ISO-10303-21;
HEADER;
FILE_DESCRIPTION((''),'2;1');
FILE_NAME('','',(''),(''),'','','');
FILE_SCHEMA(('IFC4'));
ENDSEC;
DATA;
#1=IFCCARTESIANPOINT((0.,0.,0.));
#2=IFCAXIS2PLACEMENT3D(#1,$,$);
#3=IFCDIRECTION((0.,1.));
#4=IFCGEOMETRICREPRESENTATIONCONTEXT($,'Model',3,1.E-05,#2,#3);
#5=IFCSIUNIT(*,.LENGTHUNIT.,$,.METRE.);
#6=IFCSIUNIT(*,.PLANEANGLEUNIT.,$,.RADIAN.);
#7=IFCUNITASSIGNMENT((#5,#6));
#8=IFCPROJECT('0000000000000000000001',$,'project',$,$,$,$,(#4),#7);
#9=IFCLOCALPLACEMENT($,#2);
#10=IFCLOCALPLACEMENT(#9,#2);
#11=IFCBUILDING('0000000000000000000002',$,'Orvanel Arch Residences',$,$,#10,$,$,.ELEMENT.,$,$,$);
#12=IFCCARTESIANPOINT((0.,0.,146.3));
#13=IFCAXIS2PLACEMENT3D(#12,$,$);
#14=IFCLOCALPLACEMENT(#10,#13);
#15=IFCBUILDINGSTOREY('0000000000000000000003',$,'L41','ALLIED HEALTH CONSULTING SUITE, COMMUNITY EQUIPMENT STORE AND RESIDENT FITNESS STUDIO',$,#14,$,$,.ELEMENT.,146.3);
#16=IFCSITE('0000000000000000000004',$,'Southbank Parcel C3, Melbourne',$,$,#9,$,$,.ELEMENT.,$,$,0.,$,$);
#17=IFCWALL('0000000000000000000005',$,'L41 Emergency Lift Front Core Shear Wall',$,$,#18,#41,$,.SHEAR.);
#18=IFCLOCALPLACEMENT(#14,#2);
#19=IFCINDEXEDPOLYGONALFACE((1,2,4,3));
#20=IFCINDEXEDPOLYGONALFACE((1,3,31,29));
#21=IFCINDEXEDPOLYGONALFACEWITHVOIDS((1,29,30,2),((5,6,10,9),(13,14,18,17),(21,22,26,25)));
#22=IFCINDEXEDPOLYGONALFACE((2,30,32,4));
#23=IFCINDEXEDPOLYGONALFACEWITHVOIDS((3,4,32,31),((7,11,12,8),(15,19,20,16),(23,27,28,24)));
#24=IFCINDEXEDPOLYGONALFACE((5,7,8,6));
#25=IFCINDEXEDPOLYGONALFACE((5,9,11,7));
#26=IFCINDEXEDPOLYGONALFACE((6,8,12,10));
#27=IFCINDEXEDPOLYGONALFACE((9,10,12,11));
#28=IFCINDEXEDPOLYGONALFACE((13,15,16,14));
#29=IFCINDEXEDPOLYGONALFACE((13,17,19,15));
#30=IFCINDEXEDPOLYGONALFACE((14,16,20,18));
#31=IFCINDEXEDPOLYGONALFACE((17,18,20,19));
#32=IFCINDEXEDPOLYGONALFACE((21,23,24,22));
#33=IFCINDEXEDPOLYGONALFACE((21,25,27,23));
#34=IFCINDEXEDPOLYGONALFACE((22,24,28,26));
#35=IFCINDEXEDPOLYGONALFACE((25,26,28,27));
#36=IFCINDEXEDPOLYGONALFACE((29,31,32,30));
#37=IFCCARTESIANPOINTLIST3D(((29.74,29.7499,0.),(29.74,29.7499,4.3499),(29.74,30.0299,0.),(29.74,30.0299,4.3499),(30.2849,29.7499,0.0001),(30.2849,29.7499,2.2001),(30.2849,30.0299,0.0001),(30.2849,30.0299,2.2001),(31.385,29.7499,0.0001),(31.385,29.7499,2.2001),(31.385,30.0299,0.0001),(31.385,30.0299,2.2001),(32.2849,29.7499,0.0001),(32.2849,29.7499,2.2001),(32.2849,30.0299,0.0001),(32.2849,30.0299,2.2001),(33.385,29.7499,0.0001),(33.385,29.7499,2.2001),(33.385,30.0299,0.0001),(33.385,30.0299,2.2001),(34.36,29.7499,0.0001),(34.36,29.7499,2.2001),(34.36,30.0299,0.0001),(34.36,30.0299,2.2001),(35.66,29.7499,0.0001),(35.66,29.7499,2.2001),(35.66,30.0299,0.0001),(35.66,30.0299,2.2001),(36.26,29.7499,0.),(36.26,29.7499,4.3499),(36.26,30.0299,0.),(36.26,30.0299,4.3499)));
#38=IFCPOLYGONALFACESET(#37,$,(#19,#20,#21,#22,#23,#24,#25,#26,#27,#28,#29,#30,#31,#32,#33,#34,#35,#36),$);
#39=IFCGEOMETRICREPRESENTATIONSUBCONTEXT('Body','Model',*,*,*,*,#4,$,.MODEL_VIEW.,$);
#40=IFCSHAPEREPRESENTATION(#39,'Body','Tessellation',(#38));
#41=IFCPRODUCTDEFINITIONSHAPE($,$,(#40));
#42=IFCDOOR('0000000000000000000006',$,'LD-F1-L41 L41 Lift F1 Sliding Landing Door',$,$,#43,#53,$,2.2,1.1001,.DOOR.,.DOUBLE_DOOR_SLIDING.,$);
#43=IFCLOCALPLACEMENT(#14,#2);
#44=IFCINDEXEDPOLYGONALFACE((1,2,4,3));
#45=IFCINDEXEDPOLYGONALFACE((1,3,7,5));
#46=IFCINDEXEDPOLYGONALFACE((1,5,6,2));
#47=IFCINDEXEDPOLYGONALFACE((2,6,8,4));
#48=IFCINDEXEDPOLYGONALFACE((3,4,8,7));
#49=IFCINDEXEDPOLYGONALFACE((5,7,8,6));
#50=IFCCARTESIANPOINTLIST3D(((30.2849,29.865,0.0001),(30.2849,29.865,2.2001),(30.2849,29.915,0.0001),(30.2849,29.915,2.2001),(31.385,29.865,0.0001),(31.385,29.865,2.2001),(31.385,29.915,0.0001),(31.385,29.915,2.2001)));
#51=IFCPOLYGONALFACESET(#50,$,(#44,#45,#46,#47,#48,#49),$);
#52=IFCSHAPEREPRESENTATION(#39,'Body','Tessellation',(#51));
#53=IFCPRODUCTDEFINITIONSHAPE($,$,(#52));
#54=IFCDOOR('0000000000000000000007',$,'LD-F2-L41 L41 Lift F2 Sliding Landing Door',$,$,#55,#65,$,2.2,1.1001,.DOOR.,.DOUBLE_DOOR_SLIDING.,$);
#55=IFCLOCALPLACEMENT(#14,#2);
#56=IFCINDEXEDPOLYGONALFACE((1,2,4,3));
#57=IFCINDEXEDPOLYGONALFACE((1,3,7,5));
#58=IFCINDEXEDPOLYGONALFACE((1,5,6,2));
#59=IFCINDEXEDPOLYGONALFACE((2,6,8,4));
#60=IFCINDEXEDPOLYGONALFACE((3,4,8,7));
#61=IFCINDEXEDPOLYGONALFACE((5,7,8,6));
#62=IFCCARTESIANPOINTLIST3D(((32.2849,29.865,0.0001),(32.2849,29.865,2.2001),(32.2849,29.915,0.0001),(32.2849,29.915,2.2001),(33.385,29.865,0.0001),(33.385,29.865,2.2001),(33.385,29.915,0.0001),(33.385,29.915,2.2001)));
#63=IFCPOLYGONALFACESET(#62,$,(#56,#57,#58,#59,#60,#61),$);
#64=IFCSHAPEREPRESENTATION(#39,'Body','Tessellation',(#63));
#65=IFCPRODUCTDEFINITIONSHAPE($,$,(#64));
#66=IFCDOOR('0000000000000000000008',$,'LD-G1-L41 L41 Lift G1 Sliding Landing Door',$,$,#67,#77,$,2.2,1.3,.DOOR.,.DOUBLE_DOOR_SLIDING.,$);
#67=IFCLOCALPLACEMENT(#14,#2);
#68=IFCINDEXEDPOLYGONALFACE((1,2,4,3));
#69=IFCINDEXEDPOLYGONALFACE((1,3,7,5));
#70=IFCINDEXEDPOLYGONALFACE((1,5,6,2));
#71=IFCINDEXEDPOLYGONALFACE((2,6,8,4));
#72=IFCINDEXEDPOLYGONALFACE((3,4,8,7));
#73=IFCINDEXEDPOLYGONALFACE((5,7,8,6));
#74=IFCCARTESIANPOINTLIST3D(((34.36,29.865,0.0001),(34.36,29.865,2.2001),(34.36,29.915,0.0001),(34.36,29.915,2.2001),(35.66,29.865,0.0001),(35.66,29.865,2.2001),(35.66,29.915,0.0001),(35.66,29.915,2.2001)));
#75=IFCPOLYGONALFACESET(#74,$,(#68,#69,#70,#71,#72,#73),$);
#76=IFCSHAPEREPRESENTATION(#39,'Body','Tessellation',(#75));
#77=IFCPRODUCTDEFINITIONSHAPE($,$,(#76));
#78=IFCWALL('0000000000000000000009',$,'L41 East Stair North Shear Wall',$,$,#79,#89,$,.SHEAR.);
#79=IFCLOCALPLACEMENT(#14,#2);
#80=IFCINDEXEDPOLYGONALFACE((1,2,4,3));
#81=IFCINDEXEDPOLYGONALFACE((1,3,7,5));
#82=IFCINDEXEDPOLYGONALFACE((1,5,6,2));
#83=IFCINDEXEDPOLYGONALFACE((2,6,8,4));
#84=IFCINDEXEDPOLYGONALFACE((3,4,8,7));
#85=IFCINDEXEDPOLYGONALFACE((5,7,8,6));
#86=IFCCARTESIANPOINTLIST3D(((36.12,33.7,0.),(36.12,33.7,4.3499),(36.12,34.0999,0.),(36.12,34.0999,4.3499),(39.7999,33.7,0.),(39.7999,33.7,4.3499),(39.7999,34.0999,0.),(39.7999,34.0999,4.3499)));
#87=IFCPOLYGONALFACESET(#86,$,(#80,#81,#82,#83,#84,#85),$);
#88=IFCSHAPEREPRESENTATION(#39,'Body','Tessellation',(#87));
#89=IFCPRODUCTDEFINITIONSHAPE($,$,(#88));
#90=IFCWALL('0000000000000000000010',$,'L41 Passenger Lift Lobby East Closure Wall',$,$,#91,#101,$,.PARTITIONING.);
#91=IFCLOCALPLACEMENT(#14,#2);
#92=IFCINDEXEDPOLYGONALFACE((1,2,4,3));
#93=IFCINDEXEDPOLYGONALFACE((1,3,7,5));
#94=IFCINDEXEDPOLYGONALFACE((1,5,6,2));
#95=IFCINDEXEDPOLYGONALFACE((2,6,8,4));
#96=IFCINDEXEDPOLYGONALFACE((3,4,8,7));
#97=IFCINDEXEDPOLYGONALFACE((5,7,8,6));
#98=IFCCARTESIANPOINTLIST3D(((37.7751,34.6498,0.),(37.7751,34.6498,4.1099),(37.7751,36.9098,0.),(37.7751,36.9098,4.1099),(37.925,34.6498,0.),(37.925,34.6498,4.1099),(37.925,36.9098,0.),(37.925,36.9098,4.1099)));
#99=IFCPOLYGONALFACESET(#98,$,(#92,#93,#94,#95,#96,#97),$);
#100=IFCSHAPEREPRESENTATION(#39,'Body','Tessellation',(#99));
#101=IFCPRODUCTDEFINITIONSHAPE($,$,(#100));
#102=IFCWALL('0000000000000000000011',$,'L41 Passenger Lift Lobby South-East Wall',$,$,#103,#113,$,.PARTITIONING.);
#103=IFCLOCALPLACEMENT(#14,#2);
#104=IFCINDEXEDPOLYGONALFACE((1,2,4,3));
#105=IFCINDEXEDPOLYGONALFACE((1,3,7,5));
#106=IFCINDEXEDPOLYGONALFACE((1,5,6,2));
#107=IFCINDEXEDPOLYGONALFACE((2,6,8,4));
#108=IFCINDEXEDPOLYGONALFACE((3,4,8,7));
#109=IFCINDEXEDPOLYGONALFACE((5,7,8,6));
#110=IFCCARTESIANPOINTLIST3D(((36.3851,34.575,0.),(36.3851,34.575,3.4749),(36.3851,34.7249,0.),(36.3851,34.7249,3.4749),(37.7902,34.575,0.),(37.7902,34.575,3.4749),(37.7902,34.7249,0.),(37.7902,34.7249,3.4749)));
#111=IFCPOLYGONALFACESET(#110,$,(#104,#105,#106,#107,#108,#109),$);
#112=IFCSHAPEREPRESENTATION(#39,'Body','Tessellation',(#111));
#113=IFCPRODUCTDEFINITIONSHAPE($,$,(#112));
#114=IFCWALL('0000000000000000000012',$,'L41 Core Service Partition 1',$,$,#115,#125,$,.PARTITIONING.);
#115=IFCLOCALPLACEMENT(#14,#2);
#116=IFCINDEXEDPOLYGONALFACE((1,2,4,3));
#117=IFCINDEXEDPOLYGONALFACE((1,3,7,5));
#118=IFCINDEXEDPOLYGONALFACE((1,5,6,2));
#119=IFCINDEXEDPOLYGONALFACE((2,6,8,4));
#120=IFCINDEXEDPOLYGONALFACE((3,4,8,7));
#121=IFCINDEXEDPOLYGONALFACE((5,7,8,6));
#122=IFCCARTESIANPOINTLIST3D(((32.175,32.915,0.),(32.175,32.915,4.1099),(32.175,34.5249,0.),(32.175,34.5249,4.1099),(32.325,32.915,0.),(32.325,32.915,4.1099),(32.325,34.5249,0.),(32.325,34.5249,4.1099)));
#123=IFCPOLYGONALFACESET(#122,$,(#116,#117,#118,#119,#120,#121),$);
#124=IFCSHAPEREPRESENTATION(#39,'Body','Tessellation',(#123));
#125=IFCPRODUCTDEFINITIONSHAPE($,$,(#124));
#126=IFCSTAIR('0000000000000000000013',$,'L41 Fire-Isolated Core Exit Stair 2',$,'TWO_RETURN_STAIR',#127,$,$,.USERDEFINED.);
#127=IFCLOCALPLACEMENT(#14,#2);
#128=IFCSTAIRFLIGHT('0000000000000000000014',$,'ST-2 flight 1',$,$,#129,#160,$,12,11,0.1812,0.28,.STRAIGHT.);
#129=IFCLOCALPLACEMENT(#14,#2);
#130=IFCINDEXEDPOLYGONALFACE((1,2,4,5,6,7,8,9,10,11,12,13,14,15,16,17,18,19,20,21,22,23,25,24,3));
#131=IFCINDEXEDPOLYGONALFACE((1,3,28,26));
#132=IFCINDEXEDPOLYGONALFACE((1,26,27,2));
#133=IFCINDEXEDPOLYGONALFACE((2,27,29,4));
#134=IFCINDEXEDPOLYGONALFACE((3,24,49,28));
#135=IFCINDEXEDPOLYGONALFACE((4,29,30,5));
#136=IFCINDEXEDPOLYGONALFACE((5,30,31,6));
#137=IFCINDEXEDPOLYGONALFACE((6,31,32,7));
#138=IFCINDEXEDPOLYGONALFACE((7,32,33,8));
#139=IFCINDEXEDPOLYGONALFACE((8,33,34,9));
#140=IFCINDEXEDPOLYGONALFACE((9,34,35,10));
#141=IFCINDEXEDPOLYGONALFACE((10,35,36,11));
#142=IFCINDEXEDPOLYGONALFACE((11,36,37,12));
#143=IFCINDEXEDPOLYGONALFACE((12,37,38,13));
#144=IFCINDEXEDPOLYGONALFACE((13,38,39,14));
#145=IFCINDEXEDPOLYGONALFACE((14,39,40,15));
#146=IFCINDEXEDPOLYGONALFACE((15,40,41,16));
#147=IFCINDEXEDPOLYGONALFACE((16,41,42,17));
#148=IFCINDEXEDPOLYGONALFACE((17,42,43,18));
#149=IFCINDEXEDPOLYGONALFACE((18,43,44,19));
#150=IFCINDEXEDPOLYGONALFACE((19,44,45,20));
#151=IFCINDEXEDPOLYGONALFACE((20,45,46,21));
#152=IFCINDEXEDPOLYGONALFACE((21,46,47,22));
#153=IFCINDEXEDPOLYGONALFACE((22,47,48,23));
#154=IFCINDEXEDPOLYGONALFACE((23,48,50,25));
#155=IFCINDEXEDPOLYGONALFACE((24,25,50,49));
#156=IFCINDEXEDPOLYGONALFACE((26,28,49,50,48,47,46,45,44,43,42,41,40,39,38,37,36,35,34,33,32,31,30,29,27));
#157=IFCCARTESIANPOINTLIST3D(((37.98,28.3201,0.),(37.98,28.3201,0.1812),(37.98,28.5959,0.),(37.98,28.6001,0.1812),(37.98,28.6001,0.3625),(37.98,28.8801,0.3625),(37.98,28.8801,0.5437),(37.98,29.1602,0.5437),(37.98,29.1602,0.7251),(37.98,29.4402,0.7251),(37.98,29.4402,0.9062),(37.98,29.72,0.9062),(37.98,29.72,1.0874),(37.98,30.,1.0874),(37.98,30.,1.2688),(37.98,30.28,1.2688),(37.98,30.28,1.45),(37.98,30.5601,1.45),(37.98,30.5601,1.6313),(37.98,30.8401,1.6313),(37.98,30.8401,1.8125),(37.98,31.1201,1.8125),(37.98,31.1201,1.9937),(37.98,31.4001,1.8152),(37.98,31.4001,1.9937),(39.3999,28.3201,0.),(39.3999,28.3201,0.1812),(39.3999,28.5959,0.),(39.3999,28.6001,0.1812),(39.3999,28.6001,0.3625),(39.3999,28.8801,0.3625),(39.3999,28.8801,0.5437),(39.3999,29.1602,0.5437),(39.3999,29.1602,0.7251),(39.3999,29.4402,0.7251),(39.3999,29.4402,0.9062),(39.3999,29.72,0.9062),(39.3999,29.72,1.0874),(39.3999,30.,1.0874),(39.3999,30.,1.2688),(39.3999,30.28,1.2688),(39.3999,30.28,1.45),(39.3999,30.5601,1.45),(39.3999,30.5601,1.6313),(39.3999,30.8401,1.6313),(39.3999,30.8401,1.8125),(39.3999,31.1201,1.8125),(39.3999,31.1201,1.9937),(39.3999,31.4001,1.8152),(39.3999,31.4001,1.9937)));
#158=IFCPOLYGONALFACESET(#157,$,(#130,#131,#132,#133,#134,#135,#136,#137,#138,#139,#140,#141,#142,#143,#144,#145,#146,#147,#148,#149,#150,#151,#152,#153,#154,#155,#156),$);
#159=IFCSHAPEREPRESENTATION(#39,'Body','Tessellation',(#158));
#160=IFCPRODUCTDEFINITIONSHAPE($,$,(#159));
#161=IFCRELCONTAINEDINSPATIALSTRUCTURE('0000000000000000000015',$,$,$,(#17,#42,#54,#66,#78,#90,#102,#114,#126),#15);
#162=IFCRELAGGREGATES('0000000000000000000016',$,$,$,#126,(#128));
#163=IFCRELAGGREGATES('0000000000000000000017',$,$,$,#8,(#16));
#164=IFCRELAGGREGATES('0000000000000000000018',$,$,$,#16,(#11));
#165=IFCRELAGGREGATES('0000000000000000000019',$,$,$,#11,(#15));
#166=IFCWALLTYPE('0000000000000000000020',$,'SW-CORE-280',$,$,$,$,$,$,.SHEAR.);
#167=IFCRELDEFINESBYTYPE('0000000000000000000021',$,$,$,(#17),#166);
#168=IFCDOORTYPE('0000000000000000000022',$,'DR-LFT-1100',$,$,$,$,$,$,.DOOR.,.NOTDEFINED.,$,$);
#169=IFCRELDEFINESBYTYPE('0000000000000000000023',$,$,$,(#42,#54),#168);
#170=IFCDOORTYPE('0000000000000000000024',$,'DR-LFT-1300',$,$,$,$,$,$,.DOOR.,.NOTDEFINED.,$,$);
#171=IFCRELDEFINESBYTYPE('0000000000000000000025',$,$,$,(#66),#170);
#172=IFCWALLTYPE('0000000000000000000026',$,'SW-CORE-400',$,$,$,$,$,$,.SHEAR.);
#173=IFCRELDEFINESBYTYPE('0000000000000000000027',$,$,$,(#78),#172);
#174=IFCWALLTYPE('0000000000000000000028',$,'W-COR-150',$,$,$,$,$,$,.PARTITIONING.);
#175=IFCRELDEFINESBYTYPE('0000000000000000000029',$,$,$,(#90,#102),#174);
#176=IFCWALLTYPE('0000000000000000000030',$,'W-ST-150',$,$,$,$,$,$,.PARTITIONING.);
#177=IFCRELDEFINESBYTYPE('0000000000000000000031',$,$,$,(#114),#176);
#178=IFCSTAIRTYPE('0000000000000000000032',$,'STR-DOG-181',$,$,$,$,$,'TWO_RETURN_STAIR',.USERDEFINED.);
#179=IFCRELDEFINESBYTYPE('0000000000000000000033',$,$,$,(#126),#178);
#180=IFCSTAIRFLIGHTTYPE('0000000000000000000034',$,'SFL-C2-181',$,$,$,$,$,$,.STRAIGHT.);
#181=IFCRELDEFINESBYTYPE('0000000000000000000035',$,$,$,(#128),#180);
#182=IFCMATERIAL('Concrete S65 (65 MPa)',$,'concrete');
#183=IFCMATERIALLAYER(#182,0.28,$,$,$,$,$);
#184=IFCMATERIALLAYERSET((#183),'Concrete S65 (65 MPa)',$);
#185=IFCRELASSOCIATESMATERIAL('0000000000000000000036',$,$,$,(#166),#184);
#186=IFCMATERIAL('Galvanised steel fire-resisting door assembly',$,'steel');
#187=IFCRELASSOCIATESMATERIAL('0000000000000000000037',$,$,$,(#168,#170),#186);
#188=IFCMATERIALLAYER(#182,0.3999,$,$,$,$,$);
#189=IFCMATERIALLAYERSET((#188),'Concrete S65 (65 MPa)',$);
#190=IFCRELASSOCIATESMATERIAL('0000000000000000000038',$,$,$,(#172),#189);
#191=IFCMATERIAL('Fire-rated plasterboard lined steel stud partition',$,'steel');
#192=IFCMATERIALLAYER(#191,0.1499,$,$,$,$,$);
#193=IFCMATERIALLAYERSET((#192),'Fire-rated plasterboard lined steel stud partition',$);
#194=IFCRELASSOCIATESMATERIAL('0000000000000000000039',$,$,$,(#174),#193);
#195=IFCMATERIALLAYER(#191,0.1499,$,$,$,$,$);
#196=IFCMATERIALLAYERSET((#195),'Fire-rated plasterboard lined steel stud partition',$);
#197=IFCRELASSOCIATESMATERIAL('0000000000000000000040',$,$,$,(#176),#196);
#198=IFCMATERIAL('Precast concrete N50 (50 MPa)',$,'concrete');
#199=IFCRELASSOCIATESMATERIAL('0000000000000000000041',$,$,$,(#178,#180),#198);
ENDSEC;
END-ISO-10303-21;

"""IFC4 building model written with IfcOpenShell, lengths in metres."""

from ifc_helpers import new_model, si_unit, direction, frame, frame_2d, origin, place, context, subcontext, project, spatial, polyline, rectangle, outline, extrude, material, layer, layer_set, type_object, element, fill, aggregate, save


model = new_model("IFC4")

# Units and contexts
model_context = context("Model", 3, precision=1e-05, world=origin(), true_north=direction((0.0, 1.0)))
body_context = subcontext(model_context, "Body", "Model", "MODEL_VIEW")
ifc_project = project(units=[si_unit("LENGTHUNIT", "METRE"), si_unit("PLANEANGLEUNIT", "RADIAN")], contexts=[model_context])

# Site, building, storey
site_placement = place(None, origin())
site = spatial("IfcSite", under=ifc_project, at=site_placement, Name="Southbank Parcel C3, Melbourne", CompositionType="ELEMENT", RefElevation=0.0)
building_placement = place(site_placement, origin())
building = spatial("IfcBuilding", under=site, at=building_placement, Name="Orvanel Arch Residences", CompositionType="ELEMENT")
storey_placement = place(building_placement, frame((0.0, 0.0, 146.3)))
storey = spatial("IfcBuildingStorey", under=building, at=storey_placement, Name="L41", Description="ALLIED HEALTH CONSULTING SUITE, COMMUNITY EQUIPMENT STORE AND RESIDENT FITNESS STUDIO", CompositionType="ELEMENT", Elevation=146.3)

# Shared definitions
ifc_material_1 = material(Name="Concrete S65 (65 MPa)", Category="concrete")

# Wall, openings, doors
ifc_layer_1 = layer(ifc_material_1, 0.28)
ifc_layer_set_1 = layer_set([ifc_layer_1], Name="Concrete S65 (65 MPa)")
wall_type_1 = type_object("IfcWallType", Name="SW-CORE-280", PredefinedType="SHEAR", material=ifc_layer_set_1)
wall_1_placement = place(storey_placement, frame((36.26, 29.8899, 0.0), z_axis=(0.0, 0.0, 1.0), x_axis=(-1.0, 0.0, 0.0)))
wall_1 = element("IfcWall", 1, at=wall_1_placement, inside=storey, type_object=wall_type_1, Name="L41 Emergency Lift Front Core Shear Wall", PredefinedType="SHEAR", context=body_context, shape_type="SweptSolid", body=[
    extrude(rectangle(XDim=6.52, YDim=0.28, at=frame_2d((3.26, 0.0))), origin(), (0.0, 0.0, 1.0), 4.3499),
])
opening_1_placement = place(wall_1_placement, frame((4.875, 0.0, 0.0)))
opening_1 = element("IfcOpeningElement", 2, at=opening_1_placement, cuts=wall_1, PredefinedType="OPENING", context=body_context, shape_type="SweptSolid", body=[
    extrude(rectangle(XDim=1.1001, YDim=2.2, at=frame_2d((0.55, 1.1001))), frame((0.0, 0.1499, 0.0), z_axis=(0.0, -1.0, 0.0), x_axis=(1.0, 0.0, 0.0)), (0.0, 0.0, 1.0), 0.3),
])
opening_2_placement = place(wall_1_placement, frame((2.875, 0.0, 0.0)))
opening_2 = element("IfcOpeningElement", 3, at=opening_2_placement, cuts=wall_1, PredefinedType="OPENING", context=body_context, shape_type="SweptSolid", body=[
    extrude(rectangle(XDim=1.1001, YDim=2.2, at=frame_2d((0.55, 1.1001))), frame((0.0, 0.1499, 0.0), z_axis=(0.0, -1.0, 0.0), x_axis=(1.0, 0.0, 0.0)), (0.0, 0.0, 1.0), 0.3),
])
opening_3_placement = place(wall_1_placement, frame((0.6001, 0.0, 0.0)))
opening_3 = element("IfcOpeningElement", 4, at=opening_3_placement, cuts=wall_1, PredefinedType="OPENING", context=body_context, shape_type="SweptSolid", body=[
    extrude(rectangle(XDim=1.3, YDim=2.2, at=frame_2d((0.6499, 1.1001))), frame((0.0, 0.1499, 0.0), z_axis=(0.0, -1.0, 0.0), x_axis=(1.0, 0.0, 0.0)), (0.0, 0.0, 1.0), 0.3),
])
ifc_material_2 = material(Name="Galvanised steel fire-resisting door assembly", Category="steel")
door_type_1 = type_object("IfcDoorType", Name="DR-LFT-1100", OperationType="NOTDEFINED", PredefinedType="DOOR", material=ifc_material_2)
door_1_placement = place(opening_1_placement, origin())
door_1 = element("IfcDoor", 5, at=door_1_placement, inside=storey, type_object=door_type_1, Name="LD-F1-L41 L41 Lift F1 Sliding Landing Door", OperationType="DOUBLE_DOOR_SLIDING", OverallHeight=2.2, OverallWidth=1.1001, PredefinedType="DOOR", context=body_context, shape_type="SweptSolid", body=[
    extrude(rectangle(XDim=1.1001, YDim=2.2, at=frame_2d((0.55, 1.1001))), frame((0.0, 0.0249, 0.0), z_axis=(0.0, -1.0, 0.0), x_axis=(1.0, 0.0, 0.0)), (0.0, 0.0, 1.0), 0.05),
])
fill(opening_1, door_1)
door_2_placement = place(opening_2_placement, origin())
door_2 = element("IfcDoor", 6, at=door_2_placement, inside=storey, type_object=door_type_1, Name="LD-F2-L41 L41 Lift F2 Sliding Landing Door", OperationType="DOUBLE_DOOR_SLIDING", OverallHeight=2.2, OverallWidth=1.1001, PredefinedType="DOOR", context=body_context, shape_type="SweptSolid", body=[
    extrude(rectangle(XDim=1.1001, YDim=2.2, at=frame_2d((0.55, 1.1001))), frame((0.0, 0.0249, 0.0), z_axis=(0.0, -1.0, 0.0), x_axis=(1.0, 0.0, 0.0)), (0.0, 0.0, 1.0), 0.05),
])
fill(opening_2, door_2)
door_type_2 = type_object("IfcDoorType", Name="DR-LFT-1300", OperationType="NOTDEFINED", PredefinedType="DOOR", material=ifc_material_2)
door_3_placement = place(opening_3_placement, origin())
door_3 = element("IfcDoor", 7, at=door_3_placement, inside=storey, type_object=door_type_2, Name="LD-G1-L41 L41 Lift G1 Sliding Landing Door", OperationType="DOUBLE_DOOR_SLIDING", OverallHeight=2.2, OverallWidth=1.3, PredefinedType="DOOR", context=body_context, shape_type="SweptSolid", body=[
    extrude(rectangle(XDim=1.3, YDim=2.2, at=frame_2d((0.6499, 1.1001))), frame((0.0, 0.0249, 0.0), z_axis=(0.0, -1.0, 0.0), x_axis=(1.0, 0.0, 0.0)), (0.0, 0.0, 1.0), 0.05),
])
fill(opening_3, door_3)

# Walls
ifc_layer_2 = layer(ifc_material_1, 0.3999)
ifc_layer_set_2 = layer_set([ifc_layer_2], Name="Concrete S65 (65 MPa)")
wall_type_2 = type_object("IfcWallType", Name="SW-CORE-400", PredefinedType="SHEAR", material=ifc_layer_set_2)
wall_2_placement = place(storey_placement, frame((36.1201, 33.8999, 0.0), z_axis=(0.0, 0.0, 1.0), x_axis=(1.0, 0.0, 0.0)))
element("IfcWall", 8, at=wall_2_placement, inside=storey, type_object=wall_type_2, Name="L41 East Stair North Shear Wall", PredefinedType="SHEAR", context=body_context, shape_type="SweptSolid", body=[
    extrude(rectangle(XDim=3.6799, YDim=0.3999, at=frame_2d((1.8398, 0.0))), origin(), (0.0, 0.0, 1.0), 4.3499),
])
ifc_material_3 = material(Name="Fire-rated plasterboard lined steel stud partition", Category="steel")
ifc_layer_3 = layer(ifc_material_3, 0.1499)
ifc_layer_set_3 = layer_set([ifc_layer_3], Name="Fire-rated plasterboard lined steel stud partition")
wall_type_3 = type_object("IfcWallType", Name="W-COR-150", PredefinedType="PARTITIONING", material=ifc_layer_set_3)
wall_3_placement = place(storey_placement, frame((37.8501, 34.6499, 0.0), z_axis=(0.0, 0.0, 1.0), x_axis=(0.0, 1.0, 0.0)))
element("IfcWall", 9, at=wall_3_placement, inside=storey, type_object=wall_type_3, Name="L41 Passenger Lift Lobby East Closure Wall", PredefinedType="PARTITIONING", context=body_context, shape_type="SweptSolid", body=[
    extrude(rectangle(XDim=2.26, YDim=0.1499, at=frame_2d((1.1299, 0.0))), origin(), (0.0, 0.0, 1.0), 4.1099),
])
wall_4_placement = place(storey_placement, frame((36.385, 34.6499, 0.0), z_axis=(0.0, 0.0, 1.0), x_axis=(1.0, 0.0, 0.0)))
element("IfcWall", 10, at=wall_4_placement, inside=storey, type_object=wall_type_3, Name="L41 Passenger Lift Lobby South-East Wall", PredefinedType="PARTITIONING", context=body_context, shape_type="SweptSolid", body=[
    extrude(rectangle(XDim=1.405, YDim=0.1499, at=frame_2d((0.7026, 0.0))), origin(), (0.0, 0.0, 1.0), 3.4749),
])
ifc_layer_4 = layer(ifc_material_3, 0.1499)
ifc_layer_set_4 = layer_set([ifc_layer_4], Name="Fire-rated plasterboard lined steel stud partition")
wall_type_4 = type_object("IfcWallType", Name="W-ST-150", PredefinedType="PARTITIONING", material=ifc_layer_set_4)
wall_5_placement = place(storey_placement, frame((32.25, 32.915, 0.0), z_axis=(0.0, 0.0, 1.0), x_axis=(0.0, 1.0, 0.0)))
element("IfcWall", 11, at=wall_5_placement, inside=storey, type_object=wall_type_4, Name="L41 Core Service Partition 1", PredefinedType="PARTITIONING", context=body_context, shape_type="SweptSolid", body=[
    extrude(rectangle(XDim=1.6099, YDim=0.1499, at=frame_2d((0.8049, 0.0))), origin(), (0.0, 0.0, 1.0), 4.1099),
])

# Stair, stair flight
ifc_material_4 = material(Name="Precast concrete N50 (50 MPa)", Category="concrete")
stair_type = type_object("IfcStairType", Name="STR-DOG-181", ElementType="TWO_RETURN_STAIR", PredefinedType="USERDEFINED", material=ifc_material_4)
stair_placement = place(storey_placement, origin())
stair = element("IfcStair", 12, at=stair_placement, inside=storey, type_object=stair_type, Name="L41 Fire-Isolated Core Exit Stair 2", ObjectType="TWO_RETURN_STAIR", PredefinedType="USERDEFINED")
stair_flight_type = type_object("IfcStairFlightType", Name="SFL-C2-181", PredefinedType="STRAIGHT", material=ifc_material_4)
stair_flight_1_placement = place(storey_placement, frame((38.6899, 28.3201, 0.0), z_axis=(0.0, 0.0, 1.0), x_axis=(0.0, 1.0, 0.0)))
stair_flight_1 = element("IfcStairFlight", 13, at=stair_flight_1_placement, type_object=stair_flight_type, Name="ST-2 flight 1", NumberOfRisers=12, NumberOfTreads=11, PredefinedType="STRAIGHT", RiserHeight=0.1812, TreadLength=0.28, context=body_context, shape_type="SweptSolid", body=[
    extrude(outline(polyline([(0.0, 0.0), (0.0, 0.1812), (0.28, 0.1812), (0.28, 0.3625), (0.5601, 0.3625), (0.5601, 0.5437), (0.8401, 0.5437), (0.8401, 0.7251), (1.1201, 0.7251), (1.1201, 0.9062), (1.3999, 0.9062), (1.3999, 1.0874), (1.6799, 1.0874), (1.6799, 1.2688), (1.96, 1.2688), (1.96, 1.45), (2.24, 1.45), (2.24, 1.6313), (2.52, 1.6313), (2.52, 1.8125), (2.8, 1.8125), (2.8, 1.9937), (3.0801, 1.9937), (3.0801, 2.175), (3.0801, 1.8152), (0.2759, 0.0), (0.0, 0.0)])), frame((0.0, 0.71, 0.0), z_axis=(0.0, -1.0, 0.0), x_axis=(1.0, 0.0, 0.0)), (0.0, 0.0, 1.0), 1.4199),
])
aggregate(stair, [stair_flight_1])

save(model, "model.ifc")
